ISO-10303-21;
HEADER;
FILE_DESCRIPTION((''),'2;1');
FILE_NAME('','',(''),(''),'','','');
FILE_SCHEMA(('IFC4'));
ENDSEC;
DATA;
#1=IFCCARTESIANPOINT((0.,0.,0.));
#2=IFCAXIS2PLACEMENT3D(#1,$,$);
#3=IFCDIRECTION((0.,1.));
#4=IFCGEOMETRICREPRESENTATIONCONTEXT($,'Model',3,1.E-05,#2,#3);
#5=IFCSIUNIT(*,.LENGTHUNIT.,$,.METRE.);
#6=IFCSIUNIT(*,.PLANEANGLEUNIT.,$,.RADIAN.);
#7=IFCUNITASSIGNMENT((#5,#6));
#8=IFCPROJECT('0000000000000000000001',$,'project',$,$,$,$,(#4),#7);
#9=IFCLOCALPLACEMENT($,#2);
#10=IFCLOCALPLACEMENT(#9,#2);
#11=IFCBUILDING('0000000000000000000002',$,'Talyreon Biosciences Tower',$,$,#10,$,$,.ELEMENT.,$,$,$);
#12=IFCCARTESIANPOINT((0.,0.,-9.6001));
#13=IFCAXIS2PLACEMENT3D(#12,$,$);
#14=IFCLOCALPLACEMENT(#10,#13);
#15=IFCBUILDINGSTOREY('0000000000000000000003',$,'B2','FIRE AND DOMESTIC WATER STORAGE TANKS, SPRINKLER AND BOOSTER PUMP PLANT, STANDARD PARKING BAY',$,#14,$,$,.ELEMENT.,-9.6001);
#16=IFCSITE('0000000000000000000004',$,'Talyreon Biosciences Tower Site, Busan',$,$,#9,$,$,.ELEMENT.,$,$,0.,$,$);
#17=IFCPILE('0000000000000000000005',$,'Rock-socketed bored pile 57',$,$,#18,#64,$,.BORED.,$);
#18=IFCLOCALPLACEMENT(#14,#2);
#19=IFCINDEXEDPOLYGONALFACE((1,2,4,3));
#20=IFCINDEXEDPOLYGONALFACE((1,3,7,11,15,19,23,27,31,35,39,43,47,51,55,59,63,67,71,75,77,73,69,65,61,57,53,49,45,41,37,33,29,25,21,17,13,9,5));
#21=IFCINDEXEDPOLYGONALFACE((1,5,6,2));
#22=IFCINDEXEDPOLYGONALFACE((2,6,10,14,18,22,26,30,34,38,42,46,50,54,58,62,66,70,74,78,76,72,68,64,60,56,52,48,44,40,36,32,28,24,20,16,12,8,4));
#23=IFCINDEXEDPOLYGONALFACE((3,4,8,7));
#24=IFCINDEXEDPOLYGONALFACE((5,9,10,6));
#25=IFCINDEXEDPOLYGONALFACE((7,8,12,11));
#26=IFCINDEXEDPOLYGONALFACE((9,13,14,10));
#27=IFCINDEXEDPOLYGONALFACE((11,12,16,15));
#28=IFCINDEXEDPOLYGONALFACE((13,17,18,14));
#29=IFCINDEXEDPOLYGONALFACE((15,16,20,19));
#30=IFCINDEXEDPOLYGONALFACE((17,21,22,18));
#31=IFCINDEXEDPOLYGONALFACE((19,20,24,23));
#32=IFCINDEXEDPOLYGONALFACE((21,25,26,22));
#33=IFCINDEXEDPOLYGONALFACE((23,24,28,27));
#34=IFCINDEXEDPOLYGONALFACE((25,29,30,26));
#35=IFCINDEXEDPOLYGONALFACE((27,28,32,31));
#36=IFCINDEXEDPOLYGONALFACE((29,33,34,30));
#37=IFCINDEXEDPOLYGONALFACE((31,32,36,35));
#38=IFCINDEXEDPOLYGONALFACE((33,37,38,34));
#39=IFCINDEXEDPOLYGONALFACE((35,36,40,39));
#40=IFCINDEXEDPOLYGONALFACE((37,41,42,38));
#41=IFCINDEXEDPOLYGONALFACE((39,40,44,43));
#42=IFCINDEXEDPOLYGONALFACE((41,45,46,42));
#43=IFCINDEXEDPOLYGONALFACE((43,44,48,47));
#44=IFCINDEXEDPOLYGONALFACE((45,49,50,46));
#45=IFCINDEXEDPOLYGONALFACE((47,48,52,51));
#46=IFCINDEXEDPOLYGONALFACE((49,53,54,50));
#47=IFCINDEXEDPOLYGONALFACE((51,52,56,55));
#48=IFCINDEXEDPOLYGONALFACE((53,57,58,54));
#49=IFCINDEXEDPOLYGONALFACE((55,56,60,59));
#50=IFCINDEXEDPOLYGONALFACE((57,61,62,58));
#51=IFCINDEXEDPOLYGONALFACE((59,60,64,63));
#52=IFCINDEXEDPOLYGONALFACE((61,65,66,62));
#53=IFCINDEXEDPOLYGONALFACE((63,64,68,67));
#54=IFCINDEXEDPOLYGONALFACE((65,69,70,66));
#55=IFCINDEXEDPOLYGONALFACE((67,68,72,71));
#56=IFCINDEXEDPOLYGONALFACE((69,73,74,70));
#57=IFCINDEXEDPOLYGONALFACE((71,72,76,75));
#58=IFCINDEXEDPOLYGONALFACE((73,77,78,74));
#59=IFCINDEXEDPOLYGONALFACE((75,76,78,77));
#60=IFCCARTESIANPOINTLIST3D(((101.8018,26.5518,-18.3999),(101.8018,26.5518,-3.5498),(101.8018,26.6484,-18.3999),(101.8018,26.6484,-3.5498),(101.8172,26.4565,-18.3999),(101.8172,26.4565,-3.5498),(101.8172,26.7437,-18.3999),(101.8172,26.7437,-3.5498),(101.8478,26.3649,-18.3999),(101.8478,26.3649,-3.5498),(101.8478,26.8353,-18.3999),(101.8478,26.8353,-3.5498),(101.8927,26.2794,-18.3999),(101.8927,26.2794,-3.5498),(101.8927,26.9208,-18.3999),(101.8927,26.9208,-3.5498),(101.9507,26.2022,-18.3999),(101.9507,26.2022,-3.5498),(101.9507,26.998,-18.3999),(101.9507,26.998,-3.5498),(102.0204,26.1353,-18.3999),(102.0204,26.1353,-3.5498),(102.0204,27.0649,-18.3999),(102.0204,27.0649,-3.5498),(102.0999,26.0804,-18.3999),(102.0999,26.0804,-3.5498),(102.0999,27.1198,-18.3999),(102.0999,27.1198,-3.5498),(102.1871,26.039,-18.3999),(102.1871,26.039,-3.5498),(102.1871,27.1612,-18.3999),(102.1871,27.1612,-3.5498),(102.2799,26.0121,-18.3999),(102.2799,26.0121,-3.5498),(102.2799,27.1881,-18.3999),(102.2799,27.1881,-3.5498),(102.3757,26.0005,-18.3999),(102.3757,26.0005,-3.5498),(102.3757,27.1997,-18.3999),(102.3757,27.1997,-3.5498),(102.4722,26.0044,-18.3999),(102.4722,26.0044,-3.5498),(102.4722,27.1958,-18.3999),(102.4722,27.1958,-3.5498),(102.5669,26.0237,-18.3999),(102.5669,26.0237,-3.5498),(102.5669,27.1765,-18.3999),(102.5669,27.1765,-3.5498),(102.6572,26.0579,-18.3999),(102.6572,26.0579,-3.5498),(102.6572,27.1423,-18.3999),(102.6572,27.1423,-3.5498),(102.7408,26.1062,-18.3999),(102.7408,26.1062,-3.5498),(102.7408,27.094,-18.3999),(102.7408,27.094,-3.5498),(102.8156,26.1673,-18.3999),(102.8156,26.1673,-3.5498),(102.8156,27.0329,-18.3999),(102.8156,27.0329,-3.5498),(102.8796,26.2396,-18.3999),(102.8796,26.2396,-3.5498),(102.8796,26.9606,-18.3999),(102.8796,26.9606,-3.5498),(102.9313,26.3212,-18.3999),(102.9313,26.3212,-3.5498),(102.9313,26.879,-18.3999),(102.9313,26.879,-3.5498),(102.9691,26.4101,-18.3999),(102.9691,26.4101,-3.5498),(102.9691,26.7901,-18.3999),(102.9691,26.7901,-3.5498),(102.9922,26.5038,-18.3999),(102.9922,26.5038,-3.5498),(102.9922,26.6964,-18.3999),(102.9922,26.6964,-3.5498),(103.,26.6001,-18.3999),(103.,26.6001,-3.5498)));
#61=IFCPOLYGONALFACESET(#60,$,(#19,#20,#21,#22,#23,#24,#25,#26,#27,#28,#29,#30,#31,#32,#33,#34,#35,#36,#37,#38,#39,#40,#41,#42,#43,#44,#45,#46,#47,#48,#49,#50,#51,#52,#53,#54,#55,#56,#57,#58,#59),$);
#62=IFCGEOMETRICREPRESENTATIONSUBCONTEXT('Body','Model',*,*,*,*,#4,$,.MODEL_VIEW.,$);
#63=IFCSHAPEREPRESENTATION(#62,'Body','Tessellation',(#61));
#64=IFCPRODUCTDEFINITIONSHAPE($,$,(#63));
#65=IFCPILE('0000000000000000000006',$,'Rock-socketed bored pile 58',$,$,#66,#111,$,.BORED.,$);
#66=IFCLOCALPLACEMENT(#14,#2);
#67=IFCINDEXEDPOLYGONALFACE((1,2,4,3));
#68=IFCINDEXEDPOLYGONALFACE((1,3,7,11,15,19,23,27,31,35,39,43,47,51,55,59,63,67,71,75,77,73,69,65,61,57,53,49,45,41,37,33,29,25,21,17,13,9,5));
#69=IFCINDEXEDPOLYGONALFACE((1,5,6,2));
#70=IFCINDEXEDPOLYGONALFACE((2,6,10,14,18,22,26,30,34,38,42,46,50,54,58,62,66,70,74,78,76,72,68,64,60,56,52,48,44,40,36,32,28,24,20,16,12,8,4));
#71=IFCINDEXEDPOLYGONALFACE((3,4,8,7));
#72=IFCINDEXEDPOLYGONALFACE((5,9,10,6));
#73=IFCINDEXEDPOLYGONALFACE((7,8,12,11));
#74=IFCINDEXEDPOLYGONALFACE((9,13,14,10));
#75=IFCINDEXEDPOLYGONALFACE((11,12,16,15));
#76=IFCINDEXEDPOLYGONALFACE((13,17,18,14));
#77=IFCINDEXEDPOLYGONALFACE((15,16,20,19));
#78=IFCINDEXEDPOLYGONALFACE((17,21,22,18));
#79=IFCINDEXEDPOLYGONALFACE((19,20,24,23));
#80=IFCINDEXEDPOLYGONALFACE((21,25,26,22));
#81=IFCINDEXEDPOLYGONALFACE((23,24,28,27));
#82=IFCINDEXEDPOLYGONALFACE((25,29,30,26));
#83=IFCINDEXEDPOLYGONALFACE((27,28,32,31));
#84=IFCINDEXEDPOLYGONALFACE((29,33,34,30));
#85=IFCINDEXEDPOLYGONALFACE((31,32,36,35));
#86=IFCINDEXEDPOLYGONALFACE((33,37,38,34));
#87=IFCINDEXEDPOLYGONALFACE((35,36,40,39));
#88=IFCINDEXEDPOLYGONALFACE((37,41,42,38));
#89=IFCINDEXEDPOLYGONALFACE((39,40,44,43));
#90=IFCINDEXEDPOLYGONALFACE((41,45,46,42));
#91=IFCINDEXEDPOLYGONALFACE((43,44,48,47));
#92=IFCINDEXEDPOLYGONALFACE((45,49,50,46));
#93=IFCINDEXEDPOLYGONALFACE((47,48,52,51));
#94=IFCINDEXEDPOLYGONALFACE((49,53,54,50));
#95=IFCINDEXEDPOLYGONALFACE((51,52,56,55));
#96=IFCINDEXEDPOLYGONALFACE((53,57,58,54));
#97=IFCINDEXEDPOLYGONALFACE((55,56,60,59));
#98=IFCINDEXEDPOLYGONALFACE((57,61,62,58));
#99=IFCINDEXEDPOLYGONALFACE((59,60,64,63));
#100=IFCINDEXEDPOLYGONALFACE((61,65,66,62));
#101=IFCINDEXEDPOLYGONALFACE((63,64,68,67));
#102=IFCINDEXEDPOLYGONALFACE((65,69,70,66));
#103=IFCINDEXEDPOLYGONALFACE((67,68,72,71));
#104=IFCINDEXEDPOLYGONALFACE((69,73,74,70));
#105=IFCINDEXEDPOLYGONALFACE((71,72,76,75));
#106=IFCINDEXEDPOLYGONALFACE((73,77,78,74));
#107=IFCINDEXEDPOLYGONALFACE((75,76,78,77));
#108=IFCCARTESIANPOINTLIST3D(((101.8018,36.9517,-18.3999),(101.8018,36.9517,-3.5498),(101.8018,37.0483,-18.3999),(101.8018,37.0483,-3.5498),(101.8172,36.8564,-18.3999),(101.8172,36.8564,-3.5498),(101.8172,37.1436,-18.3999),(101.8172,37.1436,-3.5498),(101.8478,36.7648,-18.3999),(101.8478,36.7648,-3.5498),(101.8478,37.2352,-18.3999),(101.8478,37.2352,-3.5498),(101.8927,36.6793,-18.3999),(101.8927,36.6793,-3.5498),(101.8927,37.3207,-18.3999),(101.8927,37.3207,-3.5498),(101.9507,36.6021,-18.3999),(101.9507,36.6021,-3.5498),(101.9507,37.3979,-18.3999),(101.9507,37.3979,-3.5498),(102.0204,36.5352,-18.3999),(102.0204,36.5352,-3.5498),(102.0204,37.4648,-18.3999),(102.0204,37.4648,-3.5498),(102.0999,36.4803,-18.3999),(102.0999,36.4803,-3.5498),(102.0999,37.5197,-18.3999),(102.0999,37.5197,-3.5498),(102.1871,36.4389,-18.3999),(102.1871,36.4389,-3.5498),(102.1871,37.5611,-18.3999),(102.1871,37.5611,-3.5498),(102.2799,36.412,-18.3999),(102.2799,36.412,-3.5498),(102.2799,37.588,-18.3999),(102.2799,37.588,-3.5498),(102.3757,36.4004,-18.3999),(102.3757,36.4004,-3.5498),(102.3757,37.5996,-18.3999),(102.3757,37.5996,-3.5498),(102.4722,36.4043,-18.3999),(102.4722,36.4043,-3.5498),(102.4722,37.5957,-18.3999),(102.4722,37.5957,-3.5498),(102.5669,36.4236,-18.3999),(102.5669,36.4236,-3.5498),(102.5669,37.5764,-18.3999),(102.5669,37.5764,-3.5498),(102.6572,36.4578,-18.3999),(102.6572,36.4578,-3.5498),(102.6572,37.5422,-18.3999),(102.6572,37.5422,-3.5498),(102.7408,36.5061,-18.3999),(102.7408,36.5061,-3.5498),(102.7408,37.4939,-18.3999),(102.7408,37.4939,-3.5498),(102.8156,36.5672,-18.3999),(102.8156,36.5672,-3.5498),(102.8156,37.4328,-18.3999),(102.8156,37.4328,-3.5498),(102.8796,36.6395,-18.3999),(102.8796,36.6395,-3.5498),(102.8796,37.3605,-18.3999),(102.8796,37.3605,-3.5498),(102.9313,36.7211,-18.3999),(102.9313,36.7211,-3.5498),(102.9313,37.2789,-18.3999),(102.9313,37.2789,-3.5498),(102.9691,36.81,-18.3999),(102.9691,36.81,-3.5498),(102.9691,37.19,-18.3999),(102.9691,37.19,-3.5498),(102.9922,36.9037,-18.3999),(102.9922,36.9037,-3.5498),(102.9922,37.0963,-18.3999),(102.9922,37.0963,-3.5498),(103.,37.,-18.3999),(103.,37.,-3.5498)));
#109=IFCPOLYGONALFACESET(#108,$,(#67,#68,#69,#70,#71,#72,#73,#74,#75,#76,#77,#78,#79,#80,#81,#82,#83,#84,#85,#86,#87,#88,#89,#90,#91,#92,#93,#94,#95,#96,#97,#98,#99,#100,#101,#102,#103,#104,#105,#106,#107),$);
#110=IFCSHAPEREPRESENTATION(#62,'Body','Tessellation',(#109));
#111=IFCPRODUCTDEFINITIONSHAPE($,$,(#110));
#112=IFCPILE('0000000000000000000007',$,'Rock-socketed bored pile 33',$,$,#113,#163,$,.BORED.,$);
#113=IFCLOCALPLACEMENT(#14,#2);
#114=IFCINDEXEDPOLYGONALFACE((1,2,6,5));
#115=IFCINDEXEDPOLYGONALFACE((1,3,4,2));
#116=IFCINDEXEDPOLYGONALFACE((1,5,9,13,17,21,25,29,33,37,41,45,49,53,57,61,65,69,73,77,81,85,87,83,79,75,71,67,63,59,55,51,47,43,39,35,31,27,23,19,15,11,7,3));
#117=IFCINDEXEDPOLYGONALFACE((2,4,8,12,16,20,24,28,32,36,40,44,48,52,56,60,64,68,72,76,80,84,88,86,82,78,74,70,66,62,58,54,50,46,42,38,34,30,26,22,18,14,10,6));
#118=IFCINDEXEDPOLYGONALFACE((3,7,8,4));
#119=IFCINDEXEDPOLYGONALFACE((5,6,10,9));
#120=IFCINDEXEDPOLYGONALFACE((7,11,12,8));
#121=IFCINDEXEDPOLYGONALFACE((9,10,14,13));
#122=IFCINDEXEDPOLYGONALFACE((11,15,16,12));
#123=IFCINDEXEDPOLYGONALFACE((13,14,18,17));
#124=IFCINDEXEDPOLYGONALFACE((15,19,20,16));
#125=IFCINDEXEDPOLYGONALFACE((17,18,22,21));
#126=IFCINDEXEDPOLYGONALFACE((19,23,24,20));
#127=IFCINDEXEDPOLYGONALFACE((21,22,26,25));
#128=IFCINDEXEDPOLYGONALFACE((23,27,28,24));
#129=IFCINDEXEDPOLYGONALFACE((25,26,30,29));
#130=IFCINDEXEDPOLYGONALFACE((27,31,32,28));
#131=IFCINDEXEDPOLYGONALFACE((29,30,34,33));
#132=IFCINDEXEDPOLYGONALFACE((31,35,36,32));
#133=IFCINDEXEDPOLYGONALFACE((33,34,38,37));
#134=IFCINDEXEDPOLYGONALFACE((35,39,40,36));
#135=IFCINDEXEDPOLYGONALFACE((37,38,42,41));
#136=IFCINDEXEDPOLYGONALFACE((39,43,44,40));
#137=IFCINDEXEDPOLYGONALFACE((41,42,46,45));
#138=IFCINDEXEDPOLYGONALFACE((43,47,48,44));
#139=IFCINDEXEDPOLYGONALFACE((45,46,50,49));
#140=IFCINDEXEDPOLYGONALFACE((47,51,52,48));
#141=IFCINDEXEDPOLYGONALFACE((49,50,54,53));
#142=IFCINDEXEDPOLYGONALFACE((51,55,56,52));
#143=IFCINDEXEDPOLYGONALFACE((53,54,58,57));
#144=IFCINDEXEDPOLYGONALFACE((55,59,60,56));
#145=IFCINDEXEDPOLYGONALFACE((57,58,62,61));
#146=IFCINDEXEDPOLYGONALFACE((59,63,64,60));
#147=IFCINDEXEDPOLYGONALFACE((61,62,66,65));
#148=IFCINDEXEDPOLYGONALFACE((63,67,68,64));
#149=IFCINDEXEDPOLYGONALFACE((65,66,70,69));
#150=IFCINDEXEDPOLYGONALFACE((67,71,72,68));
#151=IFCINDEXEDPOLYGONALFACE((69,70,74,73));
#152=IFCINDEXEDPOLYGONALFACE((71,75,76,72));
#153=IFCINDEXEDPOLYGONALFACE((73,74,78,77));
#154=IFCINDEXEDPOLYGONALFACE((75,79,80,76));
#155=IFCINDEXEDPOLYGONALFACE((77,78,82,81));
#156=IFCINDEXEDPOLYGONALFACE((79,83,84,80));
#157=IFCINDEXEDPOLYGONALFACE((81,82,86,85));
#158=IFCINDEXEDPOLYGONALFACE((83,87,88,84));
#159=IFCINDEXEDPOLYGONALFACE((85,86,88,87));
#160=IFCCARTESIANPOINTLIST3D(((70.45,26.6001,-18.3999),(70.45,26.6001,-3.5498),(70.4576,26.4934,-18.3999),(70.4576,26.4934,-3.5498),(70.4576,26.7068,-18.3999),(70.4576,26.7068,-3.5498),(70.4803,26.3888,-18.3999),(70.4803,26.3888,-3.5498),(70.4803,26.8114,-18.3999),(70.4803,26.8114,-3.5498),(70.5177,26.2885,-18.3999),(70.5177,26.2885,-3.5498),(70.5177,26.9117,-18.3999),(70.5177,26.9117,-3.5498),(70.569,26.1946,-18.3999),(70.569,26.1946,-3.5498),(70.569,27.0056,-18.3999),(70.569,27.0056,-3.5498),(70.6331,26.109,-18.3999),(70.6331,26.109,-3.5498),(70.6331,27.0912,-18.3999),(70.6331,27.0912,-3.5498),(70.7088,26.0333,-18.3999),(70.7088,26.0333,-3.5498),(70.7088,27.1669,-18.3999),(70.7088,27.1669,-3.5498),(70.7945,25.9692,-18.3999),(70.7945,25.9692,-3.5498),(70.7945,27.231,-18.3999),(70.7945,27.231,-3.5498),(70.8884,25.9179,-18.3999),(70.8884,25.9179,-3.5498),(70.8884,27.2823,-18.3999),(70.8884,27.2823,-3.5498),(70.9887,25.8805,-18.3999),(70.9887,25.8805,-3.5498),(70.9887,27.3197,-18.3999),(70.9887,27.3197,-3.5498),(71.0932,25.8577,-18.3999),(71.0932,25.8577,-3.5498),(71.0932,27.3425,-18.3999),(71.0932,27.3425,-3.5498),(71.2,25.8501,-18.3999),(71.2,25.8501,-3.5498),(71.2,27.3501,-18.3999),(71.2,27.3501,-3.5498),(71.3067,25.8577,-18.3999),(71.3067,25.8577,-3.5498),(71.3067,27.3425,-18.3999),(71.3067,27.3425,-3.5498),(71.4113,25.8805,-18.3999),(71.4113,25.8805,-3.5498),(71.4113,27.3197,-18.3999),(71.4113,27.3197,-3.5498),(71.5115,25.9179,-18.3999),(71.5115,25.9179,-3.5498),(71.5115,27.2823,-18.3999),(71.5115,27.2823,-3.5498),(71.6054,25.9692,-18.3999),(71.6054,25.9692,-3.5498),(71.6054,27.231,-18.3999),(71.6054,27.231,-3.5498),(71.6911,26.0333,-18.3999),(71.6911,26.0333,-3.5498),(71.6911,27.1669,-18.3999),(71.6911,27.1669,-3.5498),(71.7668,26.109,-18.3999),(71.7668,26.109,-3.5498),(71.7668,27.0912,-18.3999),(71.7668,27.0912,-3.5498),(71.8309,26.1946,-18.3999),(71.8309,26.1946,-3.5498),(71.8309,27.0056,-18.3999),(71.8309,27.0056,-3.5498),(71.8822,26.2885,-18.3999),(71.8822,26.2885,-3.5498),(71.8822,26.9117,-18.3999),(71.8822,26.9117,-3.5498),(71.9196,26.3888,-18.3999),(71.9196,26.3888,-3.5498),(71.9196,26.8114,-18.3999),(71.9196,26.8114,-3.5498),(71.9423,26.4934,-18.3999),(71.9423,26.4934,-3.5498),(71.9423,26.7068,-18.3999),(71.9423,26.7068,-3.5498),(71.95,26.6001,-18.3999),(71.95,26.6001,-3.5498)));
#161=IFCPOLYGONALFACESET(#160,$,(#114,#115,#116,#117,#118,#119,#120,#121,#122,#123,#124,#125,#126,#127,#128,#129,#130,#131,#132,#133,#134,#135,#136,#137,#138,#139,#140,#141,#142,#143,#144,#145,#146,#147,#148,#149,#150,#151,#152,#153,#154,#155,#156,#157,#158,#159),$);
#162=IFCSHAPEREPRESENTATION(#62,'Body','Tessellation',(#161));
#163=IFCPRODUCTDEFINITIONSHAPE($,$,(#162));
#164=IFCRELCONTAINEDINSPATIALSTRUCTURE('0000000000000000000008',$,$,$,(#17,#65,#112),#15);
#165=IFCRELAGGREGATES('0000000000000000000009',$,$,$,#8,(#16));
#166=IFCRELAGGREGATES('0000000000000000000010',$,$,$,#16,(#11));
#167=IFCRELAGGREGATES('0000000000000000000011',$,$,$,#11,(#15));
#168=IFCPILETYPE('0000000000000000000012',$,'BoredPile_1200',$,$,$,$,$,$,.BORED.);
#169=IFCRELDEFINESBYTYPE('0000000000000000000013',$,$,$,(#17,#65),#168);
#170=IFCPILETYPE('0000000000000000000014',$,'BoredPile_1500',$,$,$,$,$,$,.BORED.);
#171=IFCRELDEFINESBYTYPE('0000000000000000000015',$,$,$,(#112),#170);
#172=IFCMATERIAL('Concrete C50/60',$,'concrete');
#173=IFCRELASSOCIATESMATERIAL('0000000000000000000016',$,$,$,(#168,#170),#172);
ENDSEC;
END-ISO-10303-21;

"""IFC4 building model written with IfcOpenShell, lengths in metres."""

from ifc_helpers import new_model, si_unit, direction, frame, origin, origin_2d, place, context, subcontext, project, spatial, circle, extrude, material, material_profile, profile_set, type_object, element, save


model = new_model("IFC4")

# Units and contexts
model_context = context("Model", 3, precision=1e-05, world=origin(), true_north=direction((0.0, 1.0)))
body_context = subcontext(model_context, "Body", "Model", "MODEL_VIEW")
ifc_project = project(units=[si_unit("LENGTHUNIT", "METRE"), si_unit("PLANEANGLEUNIT", "RADIAN")], contexts=[model_context])

# Site, building, storey
site_placement = place(None, origin())
site = spatial("IfcSite", under=ifc_project, at=site_placement, Name="Talyreon Biosciences Tower Site, Busan", CompositionType="ELEMENT", RefElevation=0.0)
building_placement = place(site_placement, origin())
building = spatial("IfcBuilding", under=site, at=building_placement, Name="Talyreon Biosciences Tower", CompositionType="ELEMENT")
storey_placement = place(building_placement, frame((0.0, 0.0, -9.6001)))
storey = spatial("IfcBuildingStorey", under=building, at=storey_placement, Name="B2", Description="FIRE AND DOMESTIC WATER STORAGE TANKS, SPRINKLER AND BOOSTER PUMP PLANT, STANDARD PARKING BAY", CompositionType="ELEMENT", Elevation=-9.6001)

# Piles
ifc_material_1 = material(Name="Concrete C50/60", Category="concrete")
ifc_material_profile_1 = material_profile(ifc_material_1, circle(Radius=0.6001, at=origin_2d()), Name="PILE D1200")
ifc_profile_set_1 = profile_set([ifc_material_profile_1], Name="Concrete C50/60")
pile_type_1 = type_object("IfcPileType", Name="BoredPile_1200", PredefinedType="BORED", material=ifc_profile_set_1)
for number, where, z_axis, x_axis, name in (
    (1, (102.3999, 26.6001, -3.5498), (0.0, 0.0, -1.0), (1.0, 0.0, 0.0), "Rock-socketed bored pile 57"),
    (2, (102.3999, 37.0, -3.5498), (0.0, 0.0, -1.0), (1.0, 0.0, 0.0), "Rock-socketed bored pile 58"),
):
    element("IfcPile", number, at=place(storey_placement, frame(where, z_axis=z_axis, x_axis=x_axis)), inside=storey, type_object=pile_type_1, Name=name, PredefinedType="BORED", context=body_context, shape_type="SweptSolid", body=[
        extrude(circle(Radius=0.6001, at=origin_2d()), origin(), (0.0, 0.0, 1.0), 14.8501),
    ])
ifc_material_profile_2 = material_profile(ifc_material_1, circle(Radius=0.75, at=origin_2d()), Name="PILE D1500")
ifc_profile_set_2 = profile_set([ifc_material_profile_2], Name="Concrete C50/60")
pile_type_2 = type_object("IfcPileType", Name="BoredPile_1500", PredefinedType="BORED", material=ifc_profile_set_2)
for number, where, z_axis, x_axis, name in (
    (3, (71.2, 26.6001, -3.5498), (0.0, 0.0, -1.0), (1.0, 0.0, 0.0), "Rock-socketed bored pile 33"),
):
    element("IfcPile", number, at=place(storey_placement, frame(where, z_axis=z_axis, x_axis=x_axis)), inside=storey, type_object=pile_type_2, Name=name, PredefinedType="BORED", context=body_context, shape_type="SweptSolid", body=[
        extrude(circle(Radius=0.75, at=origin_2d()), origin(), (0.0, 0.0, 1.0), 14.8501),
    ])

save(model, "model.ifc")
